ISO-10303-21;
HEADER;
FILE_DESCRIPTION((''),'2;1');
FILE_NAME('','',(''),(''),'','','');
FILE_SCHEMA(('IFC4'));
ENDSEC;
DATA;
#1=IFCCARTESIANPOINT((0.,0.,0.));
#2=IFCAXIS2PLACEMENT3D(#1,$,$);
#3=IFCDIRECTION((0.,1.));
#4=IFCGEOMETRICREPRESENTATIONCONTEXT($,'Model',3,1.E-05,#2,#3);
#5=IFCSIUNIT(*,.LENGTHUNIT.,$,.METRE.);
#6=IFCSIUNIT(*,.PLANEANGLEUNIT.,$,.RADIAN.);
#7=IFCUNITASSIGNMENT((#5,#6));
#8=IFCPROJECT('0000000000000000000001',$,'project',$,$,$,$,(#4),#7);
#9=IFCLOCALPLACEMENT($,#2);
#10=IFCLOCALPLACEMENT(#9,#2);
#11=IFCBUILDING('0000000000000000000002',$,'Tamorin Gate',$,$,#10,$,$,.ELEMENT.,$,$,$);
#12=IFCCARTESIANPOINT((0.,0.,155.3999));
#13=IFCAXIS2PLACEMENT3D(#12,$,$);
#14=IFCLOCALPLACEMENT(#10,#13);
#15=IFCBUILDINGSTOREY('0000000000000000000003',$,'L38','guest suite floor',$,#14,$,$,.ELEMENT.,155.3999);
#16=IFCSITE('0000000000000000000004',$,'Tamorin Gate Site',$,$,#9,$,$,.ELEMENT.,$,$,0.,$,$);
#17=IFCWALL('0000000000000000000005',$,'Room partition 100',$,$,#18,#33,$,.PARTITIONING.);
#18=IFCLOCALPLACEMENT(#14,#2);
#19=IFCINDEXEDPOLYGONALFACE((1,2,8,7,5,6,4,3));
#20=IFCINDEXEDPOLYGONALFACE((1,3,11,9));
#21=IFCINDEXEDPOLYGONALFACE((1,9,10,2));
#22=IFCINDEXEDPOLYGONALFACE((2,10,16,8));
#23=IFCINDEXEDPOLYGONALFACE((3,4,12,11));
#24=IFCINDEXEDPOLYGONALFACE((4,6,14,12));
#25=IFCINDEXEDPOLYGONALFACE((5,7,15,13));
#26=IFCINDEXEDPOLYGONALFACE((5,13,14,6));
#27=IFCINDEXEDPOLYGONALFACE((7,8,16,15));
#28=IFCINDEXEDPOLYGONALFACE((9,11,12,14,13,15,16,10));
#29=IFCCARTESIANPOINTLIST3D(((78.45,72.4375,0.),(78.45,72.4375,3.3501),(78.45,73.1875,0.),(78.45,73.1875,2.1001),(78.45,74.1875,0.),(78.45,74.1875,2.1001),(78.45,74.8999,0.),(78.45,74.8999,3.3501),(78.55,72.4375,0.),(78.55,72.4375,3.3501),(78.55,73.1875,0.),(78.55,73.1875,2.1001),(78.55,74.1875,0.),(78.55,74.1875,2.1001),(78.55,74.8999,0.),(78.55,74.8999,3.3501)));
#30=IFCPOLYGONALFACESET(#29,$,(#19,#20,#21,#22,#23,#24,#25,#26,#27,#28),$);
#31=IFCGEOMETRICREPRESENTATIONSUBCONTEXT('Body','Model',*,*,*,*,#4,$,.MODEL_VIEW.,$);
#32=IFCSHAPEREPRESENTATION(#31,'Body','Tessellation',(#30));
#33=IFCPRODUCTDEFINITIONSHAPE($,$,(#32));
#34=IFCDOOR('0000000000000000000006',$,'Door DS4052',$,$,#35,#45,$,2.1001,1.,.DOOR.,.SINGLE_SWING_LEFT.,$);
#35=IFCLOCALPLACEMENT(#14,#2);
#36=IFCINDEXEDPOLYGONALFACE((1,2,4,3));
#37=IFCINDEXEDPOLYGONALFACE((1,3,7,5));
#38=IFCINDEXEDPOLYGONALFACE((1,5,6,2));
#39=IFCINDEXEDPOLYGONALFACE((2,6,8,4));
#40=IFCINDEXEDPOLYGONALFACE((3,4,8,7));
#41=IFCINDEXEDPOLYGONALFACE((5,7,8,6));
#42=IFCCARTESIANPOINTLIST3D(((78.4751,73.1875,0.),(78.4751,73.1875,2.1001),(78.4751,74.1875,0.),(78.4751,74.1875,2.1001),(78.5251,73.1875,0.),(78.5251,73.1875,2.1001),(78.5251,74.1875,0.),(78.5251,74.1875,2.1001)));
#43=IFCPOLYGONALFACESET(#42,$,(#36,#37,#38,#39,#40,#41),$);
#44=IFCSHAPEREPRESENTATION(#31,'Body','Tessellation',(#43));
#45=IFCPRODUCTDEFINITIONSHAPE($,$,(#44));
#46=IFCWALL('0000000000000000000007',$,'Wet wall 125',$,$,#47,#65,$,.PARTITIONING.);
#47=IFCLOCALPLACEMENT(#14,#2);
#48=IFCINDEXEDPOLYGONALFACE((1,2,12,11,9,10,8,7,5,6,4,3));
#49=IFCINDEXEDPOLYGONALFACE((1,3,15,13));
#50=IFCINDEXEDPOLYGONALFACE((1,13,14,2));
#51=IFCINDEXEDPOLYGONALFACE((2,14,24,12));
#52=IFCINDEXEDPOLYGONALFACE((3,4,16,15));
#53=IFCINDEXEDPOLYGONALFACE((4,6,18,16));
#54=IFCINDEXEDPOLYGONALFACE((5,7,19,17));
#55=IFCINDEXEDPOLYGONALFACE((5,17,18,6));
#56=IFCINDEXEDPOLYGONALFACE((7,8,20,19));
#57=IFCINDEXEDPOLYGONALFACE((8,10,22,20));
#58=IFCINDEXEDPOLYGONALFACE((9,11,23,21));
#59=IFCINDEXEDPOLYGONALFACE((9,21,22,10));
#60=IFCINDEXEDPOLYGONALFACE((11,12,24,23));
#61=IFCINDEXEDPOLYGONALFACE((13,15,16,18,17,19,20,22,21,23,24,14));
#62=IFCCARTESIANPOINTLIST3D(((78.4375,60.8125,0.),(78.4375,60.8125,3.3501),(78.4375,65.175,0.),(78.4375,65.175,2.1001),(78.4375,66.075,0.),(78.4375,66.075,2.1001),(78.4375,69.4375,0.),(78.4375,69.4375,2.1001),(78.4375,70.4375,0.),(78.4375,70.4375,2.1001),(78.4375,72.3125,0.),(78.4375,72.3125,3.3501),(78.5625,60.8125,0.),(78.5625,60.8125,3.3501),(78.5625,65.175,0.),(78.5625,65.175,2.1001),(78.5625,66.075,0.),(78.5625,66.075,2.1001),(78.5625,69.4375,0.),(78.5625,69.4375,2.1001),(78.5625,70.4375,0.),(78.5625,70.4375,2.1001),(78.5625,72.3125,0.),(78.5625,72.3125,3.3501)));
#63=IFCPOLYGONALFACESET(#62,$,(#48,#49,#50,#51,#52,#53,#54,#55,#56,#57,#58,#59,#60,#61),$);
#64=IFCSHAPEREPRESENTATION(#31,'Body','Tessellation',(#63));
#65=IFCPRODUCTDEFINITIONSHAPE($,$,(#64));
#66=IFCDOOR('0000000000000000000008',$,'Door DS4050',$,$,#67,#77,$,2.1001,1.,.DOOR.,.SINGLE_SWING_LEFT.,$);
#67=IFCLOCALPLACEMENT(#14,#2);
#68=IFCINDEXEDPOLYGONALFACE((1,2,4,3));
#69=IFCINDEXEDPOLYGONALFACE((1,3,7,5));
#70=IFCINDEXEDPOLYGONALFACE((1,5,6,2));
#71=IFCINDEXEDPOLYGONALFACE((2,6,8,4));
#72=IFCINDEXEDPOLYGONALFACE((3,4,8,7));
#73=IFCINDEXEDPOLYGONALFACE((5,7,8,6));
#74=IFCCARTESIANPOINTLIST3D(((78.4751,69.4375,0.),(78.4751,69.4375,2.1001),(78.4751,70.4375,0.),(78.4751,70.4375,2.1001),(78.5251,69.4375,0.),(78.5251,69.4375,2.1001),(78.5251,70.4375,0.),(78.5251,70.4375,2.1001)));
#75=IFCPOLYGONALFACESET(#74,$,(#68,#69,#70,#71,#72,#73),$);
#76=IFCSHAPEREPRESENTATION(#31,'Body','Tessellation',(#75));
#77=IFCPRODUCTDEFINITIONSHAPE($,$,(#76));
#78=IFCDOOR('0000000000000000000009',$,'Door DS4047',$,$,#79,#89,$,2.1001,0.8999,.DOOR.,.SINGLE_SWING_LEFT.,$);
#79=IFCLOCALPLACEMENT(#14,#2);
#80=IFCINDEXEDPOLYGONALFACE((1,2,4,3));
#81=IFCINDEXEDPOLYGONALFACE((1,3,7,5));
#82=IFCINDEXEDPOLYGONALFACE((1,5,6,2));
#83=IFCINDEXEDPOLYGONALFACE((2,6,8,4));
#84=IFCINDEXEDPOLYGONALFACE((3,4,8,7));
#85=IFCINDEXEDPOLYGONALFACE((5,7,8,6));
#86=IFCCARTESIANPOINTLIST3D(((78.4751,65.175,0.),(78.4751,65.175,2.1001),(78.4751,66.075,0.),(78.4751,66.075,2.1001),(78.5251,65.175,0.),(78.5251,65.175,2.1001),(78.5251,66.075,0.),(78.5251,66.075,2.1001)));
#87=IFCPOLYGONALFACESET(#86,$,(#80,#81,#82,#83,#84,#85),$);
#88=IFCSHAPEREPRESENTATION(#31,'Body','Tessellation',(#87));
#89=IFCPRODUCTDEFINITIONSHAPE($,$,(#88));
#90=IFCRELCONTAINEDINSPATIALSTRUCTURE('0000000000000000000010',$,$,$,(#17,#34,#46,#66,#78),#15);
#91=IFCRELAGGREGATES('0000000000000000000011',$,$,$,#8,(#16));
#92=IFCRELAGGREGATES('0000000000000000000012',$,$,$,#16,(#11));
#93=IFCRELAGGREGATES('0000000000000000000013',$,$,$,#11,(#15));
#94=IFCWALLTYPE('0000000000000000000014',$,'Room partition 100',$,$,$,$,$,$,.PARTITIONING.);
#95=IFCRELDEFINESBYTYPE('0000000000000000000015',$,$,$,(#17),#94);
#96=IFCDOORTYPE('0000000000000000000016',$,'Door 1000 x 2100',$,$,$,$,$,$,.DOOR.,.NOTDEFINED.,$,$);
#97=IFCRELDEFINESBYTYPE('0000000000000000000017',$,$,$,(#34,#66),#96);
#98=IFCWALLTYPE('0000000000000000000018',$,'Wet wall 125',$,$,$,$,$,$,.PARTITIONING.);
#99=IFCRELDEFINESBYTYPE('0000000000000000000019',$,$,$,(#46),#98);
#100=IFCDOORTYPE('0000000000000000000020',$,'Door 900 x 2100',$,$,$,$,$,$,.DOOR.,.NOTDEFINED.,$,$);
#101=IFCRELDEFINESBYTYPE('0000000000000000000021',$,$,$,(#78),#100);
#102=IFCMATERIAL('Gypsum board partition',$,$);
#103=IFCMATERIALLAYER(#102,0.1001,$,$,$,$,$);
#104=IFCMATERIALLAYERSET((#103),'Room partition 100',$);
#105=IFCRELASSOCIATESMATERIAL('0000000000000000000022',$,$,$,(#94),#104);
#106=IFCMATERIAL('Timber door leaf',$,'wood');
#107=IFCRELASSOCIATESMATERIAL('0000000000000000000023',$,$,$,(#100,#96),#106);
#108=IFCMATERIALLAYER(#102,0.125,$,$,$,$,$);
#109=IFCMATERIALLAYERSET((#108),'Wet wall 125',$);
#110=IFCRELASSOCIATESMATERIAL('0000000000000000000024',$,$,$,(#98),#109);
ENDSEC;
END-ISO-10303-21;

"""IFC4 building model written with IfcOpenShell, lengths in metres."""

from ifc_helpers import new_model, si_unit, direction, frame, frame_2d, origin, place, context, subcontext, project, spatial, rectangle, extrude, material, layer, layer_set, type_object, element, fill, save


model = new_model("IFC4")

# Units and contexts
model_context = context("Model", 3, precision=1e-05, world=origin(), true_north=direction((0.0, 1.0)))
body_context = subcontext(model_context, "Body", "Model", "MODEL_VIEW")
ifc_project = project(units=[si_unit("LENGTHUNIT", "METRE"), si_unit("PLANEANGLEUNIT", "RADIAN")], contexts=[model_context])

# Site, building, storey
site_placement = place(None, origin())
site = spatial("IfcSite", under=ifc_project, at=site_placement, Name="Tamorin Gate Site", CompositionType="ELEMENT", RefElevation=0.0)
building_placement = place(site_placement, origin())
building = spatial("IfcBuilding", under=site, at=building_placement, Name="Tamorin Gate", CompositionType="ELEMENT")
storey_placement = place(building_placement, frame((0.0, 0.0, 155.3999)))
storey = spatial("IfcBuildingStorey", under=building, at=storey_placement, Name="L38", Description="guest suite floor", CompositionType="ELEMENT", Elevation=155.3999)

# Wall, opening, door
ifc_material_1 = material(Name="Gypsum board partition")
ifc_layer_1 = layer(ifc_material_1, 0.1001)
ifc_layer_set_1 = layer_set([ifc_layer_1], Name="Room partition 100")
wall_type_1 = type_object("IfcWallType", Name="Room partition 100", PredefinedType="PARTITIONING", material=ifc_layer_set_1)
ifc_material_2 = material(Name="Timber door leaf", Category="wood")
door_type_1 = type_object("IfcDoorType", Name="Door 900 x 2100", OperationType="NOTDEFINED", PredefinedType="DOOR", material=ifc_material_2)
wall_1_placement = place(storey_placement, frame((78.5, 72.4375, 0.0), z_axis=(0.0, 0.0, 1.0), x_axis=(0.0, 1.0, 0.0)))
wall_1 = element("IfcWall", 1, at=wall_1_placement, inside=storey, type_object=wall_type_1, Name="Room partition 100", PredefinedType="PARTITIONING", context=body_context, shape_type="SweptSolid", body=[
    extrude(rectangle(XDim=2.4624, YDim=0.1001, at=frame_2d((1.2312, 0.0))), origin(), (0.0, 0.0, 1.0), 3.3501),
])
opening_1_placement = place(wall_1_placement, frame((0.75, 0.0, 0.0)))
opening_1 = element("IfcOpeningElement", 2, at=opening_1_placement, cuts=wall_1, PredefinedType="OPENING", context=body_context, shape_type="SweptSolid", body=[
    extrude(rectangle(XDim=1.0, YDim=2.1001, at=frame_2d((0.5, 1.05))), frame((0.0, 0.0601, 0.0), z_axis=(0.0, -1.0, 0.0), x_axis=(1.0, 0.0, 0.0)), (0.0, 0.0, 1.0), 0.1201),
])
door_type_2 = type_object("IfcDoorType", Name="Door 1000 x 2100", OperationType="NOTDEFINED", PredefinedType="DOOR", material=ifc_material_2)
door_1_placement = place(opening_1_placement, origin())
door_1 = element("IfcDoor", 3, at=door_1_placement, inside=storey, type_object=door_type_2, Name="Door DS4052", OperationType="SINGLE_SWING_LEFT", OverallHeight=2.1001, OverallWidth=1.0, PredefinedType="DOOR", context=body_context, shape_type="SweptSolid", body=[
    extrude(rectangle(XDim=1.0, YDim=2.1001, at=frame_2d((0.5, 1.05))), frame((0.0, 0.0249, 0.0), z_axis=(0.0, -1.0, 0.0), x_axis=(1.0, 0.0, 0.0)), (0.0, 0.0, 1.0), 0.05),
])
fill(opening_1, door_1)

# Wall, openings, doors
ifc_layer_2 = layer(ifc_material_1, 0.125)
ifc_layer_set_2 = layer_set([ifc_layer_2], Name="Wet wall 125")
wall_type_2 = type_object("IfcWallType", Name="Wet wall 125", PredefinedType="PARTITIONING", material=ifc_layer_set_2)
wall_2_placement = place(storey_placement, frame((78.5, 60.8125, 0.0), z_axis=(0.0, 0.0, 1.0), x_axis=(0.0, 1.0, 0.0)))
wall_2 = element("IfcWall", 4, at=wall_2_placement, inside=storey, type_object=wall_type_2, Name="Wet wall 125", PredefinedType="PARTITIONING", context=body_context, shape_type="SweptSolid", body=[
    extrude(rectangle(XDim=11.5, YDim=0.125, at=frame_2d((5.75, 0.0))), origin(), (0.0, 0.0, 1.0), 3.3501),
])
opening_2_placement = place(wall_2_placement, frame((4.3625, 0.0, 0.0)))
opening_2 = element("IfcOpeningElement", 5, at=opening_2_placement, cuts=wall_2, PredefinedType="OPENING", context=body_context, shape_type="SweptSolid", body=[
    extrude(rectangle(XDim=0.8999, YDim=2.1001, at=frame_2d((0.45, 1.05))), frame((0.0, 0.0725, 0.0), z_axis=(0.0, -1.0, 0.0), x_axis=(1.0, 0.0, 0.0)), (0.0, 0.0, 1.0), 0.145),
])
opening_3_placement = place(wall_2_placement, frame((8.625, 0.0, 0.0)))
opening_3 = element("IfcOpeningElement", 6, at=opening_3_placement, cuts=wall_2, PredefinedType="OPENING", context=body_context, shape_type="SweptSolid", body=[
    extrude(rectangle(XDim=1.0, YDim=2.1001, at=frame_2d((0.5, 1.05))), frame((0.0, 0.0725, 0.0), z_axis=(0.0, -1.0, 0.0), x_axis=(1.0, 0.0, 0.0)), (0.0, 0.0, 1.0), 0.145),
])
door_2_placement = place(opening_3_placement, origin())
door_2 = element("IfcDoor", 7, at=door_2_placement, inside=storey, type_object=door_type_2, Name="Door DS4050", OperationType="SINGLE_SWING_LEFT", OverallHeight=2.1001, OverallWidth=1.0, PredefinedType="DOOR", context=body_context, shape_type="SweptSolid", body=[
    extrude(rectangle(XDim=1.0, YDim=2.1001, at=frame_2d((0.5, 1.05))), frame((0.0, 0.0249, 0.0), z_axis=(0.0, -1.0, 0.0), x_axis=(1.0, 0.0, 0.0)), (0.0, 0.0, 1.0), 0.05),
])
fill(opening_3, door_2)
door_3_placement = place(opening_2_placement, origin())
door_3 = element("IfcDoor", 8, at=door_3_placement, inside=storey, type_object=door_type_1, Name="Door DS4047", OperationType="SINGLE_SWING_LEFT", OverallHeight=2.1001, OverallWidth=0.8999, PredefinedType="DOOR", context=body_context, shape_type="SweptSolid", body=[
    extrude(rectangle(XDim=0.8999, YDim=2.1001, at=frame_2d((0.45, 1.05))), frame((0.0, 0.0249, 0.0), z_axis=(0.0, -1.0, 0.0), x_axis=(1.0, 0.0, 0.0)), (0.0, 0.0, 1.0), 0.05),
])
fill(opening_2, door_3)

save(model, "model.ifc")
